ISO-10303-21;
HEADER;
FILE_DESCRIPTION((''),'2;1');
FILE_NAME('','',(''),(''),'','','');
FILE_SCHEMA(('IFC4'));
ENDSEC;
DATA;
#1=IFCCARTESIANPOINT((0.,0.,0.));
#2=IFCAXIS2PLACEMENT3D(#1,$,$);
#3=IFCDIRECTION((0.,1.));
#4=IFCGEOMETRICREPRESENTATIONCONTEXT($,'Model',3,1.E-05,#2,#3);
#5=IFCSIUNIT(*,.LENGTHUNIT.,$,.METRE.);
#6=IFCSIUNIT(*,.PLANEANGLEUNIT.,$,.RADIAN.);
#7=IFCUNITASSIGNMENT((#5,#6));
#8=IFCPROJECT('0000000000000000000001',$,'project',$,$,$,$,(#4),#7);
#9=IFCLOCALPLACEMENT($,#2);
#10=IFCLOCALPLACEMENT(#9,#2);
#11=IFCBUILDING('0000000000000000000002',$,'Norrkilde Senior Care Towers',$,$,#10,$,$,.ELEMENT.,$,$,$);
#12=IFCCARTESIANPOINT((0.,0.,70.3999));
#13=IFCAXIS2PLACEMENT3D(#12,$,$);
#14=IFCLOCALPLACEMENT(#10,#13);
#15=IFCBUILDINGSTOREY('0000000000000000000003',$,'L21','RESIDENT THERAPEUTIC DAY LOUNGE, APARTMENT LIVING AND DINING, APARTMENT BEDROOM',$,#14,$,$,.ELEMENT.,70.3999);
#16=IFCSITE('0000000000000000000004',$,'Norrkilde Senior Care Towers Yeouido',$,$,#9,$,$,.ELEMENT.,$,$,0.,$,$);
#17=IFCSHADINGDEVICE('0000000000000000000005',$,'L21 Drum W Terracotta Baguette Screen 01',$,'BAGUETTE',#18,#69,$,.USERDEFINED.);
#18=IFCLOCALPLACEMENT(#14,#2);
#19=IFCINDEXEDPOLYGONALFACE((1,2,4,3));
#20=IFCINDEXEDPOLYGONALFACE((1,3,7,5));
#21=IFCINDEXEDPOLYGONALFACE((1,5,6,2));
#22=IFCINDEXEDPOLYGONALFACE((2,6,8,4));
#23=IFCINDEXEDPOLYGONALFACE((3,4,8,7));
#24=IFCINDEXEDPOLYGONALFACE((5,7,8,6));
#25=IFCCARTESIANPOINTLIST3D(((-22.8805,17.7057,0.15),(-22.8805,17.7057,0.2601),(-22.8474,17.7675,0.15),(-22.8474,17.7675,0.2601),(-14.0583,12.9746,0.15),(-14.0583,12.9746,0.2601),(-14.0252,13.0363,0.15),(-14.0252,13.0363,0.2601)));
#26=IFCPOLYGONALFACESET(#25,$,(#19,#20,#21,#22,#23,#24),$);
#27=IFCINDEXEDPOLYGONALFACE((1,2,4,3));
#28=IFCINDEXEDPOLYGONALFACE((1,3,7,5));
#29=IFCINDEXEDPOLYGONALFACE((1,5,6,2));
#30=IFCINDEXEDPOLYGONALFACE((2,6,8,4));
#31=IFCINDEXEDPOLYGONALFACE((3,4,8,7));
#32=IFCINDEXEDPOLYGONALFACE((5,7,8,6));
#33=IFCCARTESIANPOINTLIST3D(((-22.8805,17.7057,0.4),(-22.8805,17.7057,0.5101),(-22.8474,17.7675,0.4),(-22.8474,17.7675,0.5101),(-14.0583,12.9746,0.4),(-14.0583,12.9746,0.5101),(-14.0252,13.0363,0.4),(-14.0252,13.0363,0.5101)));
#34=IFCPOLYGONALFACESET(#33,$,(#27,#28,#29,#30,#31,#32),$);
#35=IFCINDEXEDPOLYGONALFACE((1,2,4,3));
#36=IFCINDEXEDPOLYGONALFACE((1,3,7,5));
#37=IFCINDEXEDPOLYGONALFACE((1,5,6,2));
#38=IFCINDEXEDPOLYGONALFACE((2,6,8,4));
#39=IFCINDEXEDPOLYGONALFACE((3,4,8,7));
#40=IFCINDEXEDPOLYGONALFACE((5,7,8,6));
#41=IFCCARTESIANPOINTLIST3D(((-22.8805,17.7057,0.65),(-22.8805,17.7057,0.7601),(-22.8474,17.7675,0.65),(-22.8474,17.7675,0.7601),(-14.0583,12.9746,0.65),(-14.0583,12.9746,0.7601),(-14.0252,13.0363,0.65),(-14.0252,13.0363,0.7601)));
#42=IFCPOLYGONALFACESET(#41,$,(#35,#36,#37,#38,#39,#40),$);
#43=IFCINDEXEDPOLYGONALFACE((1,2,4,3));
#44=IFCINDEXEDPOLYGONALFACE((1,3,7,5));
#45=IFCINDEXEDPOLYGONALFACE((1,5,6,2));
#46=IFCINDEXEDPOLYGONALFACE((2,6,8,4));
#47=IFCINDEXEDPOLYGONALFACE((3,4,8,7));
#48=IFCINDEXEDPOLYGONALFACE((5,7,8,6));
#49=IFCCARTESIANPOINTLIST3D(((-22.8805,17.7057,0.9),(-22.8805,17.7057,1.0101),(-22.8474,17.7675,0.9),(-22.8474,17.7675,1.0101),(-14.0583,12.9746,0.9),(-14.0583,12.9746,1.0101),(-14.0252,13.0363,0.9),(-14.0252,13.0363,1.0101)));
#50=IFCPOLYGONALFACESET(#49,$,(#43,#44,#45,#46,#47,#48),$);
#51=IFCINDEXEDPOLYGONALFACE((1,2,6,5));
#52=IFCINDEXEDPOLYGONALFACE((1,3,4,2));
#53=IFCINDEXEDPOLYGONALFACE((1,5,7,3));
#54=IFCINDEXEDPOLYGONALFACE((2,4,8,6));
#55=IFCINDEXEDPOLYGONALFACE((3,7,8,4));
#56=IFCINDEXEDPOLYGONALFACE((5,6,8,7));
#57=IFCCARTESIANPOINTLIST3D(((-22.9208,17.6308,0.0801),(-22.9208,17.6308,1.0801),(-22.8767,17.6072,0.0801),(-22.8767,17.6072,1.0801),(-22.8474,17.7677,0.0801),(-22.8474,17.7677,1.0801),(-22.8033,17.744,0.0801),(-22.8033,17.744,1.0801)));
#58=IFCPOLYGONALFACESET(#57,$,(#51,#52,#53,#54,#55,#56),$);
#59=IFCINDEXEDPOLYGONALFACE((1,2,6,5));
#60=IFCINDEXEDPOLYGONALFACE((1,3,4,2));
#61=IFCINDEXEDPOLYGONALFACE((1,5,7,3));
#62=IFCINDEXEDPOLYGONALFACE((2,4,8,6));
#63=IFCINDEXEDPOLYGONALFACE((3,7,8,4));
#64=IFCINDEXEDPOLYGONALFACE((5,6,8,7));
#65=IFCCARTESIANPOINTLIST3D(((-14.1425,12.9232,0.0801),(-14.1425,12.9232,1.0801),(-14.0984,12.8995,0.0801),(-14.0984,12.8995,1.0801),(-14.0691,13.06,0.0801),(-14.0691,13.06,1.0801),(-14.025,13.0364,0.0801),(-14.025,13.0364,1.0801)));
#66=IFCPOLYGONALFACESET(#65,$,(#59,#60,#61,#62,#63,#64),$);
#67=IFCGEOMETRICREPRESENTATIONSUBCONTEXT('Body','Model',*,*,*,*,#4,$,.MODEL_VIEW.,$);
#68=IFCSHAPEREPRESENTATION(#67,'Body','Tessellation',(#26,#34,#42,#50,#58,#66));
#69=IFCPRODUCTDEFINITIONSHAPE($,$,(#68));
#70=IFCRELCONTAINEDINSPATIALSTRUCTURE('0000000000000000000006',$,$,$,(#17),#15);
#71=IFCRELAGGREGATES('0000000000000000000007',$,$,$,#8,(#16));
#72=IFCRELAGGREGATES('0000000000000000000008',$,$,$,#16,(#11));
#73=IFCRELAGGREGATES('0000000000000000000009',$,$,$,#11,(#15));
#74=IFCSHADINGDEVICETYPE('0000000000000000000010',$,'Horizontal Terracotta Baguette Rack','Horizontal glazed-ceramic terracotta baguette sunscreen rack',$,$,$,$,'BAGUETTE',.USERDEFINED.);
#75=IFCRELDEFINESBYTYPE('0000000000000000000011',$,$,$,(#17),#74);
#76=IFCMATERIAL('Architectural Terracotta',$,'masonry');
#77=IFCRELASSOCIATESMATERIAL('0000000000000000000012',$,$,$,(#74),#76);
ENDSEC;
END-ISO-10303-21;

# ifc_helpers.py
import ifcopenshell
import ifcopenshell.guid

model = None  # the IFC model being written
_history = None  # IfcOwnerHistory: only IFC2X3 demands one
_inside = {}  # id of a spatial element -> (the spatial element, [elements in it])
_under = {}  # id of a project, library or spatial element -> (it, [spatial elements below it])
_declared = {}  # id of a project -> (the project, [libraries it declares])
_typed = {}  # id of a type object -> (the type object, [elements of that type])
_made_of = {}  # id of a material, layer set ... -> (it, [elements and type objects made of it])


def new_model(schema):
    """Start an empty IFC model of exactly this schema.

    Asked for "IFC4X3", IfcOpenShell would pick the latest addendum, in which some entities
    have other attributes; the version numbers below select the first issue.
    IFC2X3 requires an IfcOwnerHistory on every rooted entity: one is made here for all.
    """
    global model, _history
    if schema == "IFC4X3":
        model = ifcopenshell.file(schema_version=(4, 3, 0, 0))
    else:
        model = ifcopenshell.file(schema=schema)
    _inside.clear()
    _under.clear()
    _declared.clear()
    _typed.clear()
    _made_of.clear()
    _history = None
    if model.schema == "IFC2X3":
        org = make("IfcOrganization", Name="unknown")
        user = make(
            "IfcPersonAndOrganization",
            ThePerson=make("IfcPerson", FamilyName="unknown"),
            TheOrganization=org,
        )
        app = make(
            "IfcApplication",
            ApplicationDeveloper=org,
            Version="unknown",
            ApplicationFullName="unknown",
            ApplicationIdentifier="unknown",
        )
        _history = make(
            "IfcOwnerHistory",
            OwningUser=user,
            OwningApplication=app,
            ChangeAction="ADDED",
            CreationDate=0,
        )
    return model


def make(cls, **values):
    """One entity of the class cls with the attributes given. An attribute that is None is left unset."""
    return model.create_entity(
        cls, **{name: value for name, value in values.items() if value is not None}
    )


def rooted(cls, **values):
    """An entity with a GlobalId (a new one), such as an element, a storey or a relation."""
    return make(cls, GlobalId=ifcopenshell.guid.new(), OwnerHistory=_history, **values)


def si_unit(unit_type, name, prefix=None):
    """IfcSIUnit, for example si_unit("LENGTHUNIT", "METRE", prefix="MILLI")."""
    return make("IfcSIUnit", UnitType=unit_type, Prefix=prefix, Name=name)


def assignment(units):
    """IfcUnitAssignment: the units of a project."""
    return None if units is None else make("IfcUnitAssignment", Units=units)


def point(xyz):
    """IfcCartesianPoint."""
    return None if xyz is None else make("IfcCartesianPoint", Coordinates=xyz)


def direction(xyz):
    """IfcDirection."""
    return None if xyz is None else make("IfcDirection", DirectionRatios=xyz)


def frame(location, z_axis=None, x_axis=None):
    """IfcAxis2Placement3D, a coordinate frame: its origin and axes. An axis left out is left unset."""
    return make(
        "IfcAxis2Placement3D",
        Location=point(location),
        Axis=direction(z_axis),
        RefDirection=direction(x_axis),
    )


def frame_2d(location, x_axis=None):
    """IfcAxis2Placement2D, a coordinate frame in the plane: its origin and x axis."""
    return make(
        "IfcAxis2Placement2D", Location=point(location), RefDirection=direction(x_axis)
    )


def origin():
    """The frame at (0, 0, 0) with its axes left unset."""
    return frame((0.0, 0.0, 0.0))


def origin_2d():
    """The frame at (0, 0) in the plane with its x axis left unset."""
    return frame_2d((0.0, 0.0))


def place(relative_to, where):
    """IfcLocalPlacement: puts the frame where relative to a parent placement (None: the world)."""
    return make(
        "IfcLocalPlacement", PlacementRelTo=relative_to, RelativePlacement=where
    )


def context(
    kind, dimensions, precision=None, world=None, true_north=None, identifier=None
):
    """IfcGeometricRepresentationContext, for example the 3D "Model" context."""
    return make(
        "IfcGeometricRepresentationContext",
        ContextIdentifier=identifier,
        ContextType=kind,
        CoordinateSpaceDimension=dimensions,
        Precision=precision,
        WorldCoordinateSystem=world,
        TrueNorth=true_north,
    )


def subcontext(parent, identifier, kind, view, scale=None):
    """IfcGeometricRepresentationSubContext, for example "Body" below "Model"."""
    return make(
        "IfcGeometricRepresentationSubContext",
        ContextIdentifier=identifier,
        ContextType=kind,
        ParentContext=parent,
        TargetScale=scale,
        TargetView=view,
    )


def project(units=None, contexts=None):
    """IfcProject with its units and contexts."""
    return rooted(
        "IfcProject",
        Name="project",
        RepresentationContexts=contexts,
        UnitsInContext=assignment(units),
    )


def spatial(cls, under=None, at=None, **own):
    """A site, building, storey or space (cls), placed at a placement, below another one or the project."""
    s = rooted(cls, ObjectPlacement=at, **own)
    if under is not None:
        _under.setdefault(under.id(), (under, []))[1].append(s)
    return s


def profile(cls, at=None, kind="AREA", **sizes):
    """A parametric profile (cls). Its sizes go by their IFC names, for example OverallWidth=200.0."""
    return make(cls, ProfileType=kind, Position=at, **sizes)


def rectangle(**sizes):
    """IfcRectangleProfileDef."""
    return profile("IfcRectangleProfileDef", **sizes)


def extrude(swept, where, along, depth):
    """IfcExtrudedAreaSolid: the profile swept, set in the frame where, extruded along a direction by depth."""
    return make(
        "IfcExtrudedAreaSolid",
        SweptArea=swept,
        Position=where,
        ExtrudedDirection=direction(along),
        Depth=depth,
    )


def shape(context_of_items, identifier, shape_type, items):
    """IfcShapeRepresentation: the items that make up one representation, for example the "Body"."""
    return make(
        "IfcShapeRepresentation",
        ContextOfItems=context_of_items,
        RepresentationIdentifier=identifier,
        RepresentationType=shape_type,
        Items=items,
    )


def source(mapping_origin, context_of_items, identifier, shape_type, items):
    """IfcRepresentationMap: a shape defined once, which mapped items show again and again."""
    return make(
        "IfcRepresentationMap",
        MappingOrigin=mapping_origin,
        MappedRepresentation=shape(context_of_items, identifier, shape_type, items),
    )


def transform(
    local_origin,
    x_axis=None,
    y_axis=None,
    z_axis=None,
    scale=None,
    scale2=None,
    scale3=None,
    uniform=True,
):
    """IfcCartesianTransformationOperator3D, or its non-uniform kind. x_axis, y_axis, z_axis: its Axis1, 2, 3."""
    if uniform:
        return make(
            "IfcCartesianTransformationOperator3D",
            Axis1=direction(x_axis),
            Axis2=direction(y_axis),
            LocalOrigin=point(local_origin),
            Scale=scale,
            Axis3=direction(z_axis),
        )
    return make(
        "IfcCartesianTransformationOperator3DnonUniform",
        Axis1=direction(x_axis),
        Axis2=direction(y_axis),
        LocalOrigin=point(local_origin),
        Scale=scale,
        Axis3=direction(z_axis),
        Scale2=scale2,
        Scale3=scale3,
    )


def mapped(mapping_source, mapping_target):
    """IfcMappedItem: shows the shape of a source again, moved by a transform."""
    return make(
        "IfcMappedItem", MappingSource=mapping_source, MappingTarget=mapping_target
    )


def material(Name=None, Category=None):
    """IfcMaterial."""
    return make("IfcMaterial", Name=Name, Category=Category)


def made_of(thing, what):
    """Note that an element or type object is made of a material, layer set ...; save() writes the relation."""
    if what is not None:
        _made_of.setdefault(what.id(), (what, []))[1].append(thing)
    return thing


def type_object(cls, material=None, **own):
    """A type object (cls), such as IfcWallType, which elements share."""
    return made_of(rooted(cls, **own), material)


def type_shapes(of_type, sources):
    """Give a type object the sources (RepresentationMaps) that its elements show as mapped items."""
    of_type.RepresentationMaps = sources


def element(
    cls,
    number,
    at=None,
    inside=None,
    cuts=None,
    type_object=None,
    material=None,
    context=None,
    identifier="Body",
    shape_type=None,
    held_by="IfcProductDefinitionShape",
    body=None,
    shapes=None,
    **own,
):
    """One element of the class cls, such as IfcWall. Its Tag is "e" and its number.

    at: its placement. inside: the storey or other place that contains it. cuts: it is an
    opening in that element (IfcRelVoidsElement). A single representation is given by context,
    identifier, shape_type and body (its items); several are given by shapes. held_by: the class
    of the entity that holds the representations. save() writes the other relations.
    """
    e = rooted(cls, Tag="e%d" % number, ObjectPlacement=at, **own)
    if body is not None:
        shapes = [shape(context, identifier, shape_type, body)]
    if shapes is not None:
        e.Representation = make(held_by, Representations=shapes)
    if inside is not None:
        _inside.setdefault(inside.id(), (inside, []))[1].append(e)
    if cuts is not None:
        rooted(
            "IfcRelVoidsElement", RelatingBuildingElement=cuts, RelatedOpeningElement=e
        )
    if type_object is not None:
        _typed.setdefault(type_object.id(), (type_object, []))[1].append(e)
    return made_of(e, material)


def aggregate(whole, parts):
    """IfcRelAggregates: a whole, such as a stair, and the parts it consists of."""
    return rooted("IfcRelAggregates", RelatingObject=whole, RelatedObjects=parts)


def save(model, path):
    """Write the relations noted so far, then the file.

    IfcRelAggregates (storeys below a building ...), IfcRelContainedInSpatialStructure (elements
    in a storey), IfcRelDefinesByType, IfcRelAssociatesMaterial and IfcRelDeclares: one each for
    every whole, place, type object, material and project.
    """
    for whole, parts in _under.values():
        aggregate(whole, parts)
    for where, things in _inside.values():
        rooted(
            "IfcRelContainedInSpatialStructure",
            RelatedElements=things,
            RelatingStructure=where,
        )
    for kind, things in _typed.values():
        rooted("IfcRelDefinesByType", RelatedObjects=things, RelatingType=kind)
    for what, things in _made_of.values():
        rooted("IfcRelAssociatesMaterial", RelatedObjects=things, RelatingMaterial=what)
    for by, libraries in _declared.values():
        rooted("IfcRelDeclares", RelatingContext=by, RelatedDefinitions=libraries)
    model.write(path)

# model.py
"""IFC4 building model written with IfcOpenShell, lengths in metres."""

from ifc_helpers import new_model, si_unit, direction, frame, origin, origin_2d, place, context, subcontext, project, spatial, rectangle, extrude, source, transform, mapped, material, type_object, type_shapes, element, save


model = new_model("IFC4")

# Units and contexts
model_context = context("Model", 3, precision=1e-05, world=origin(), true_north=direction((0.0, 1.0)))
body_context = subcontext(model_context, "Body", "Model", "MODEL_VIEW")
ifc_project = project(units=[si_unit("LENGTHUNIT", "METRE"), si_unit("PLANEANGLEUNIT", "RADIAN")], contexts=[model_context])

# Site, building, storey
site_placement = place(None, origin())
site = spatial("IfcSite", under=ifc_project, at=site_placement, Name="Norrkilde Senior Care Towers Yeouido", CompositionType="ELEMENT", RefElevation=0.0)
building_placement = place(site_placement, origin())
building = spatial("IfcBuilding", under=site, at=building_placement, Name="Norrkilde Senior Care Towers", CompositionType="ELEMENT")
storey_placement = place(building_placement, frame((0.0, 0.0, 70.3999)))
storey = spatial("IfcBuildingStorey", under=building, at=storey_placement, Name="L21", Description="RESIDENT THERAPEUTIC DAY LOUNGE, APARTMENT LIVING AND DINING, APARTMENT BEDROOM", CompositionType="ELEMENT", Elevation=70.3999)

# Shading device
ifc_material_1 = material(Name="Architectural Terracotta", Category="masonry")
shading_device_type = type_object("IfcShadingDeviceType", Name="Horizontal Terracotta Baguette Rack", Description="Horizontal glazed-ceramic terracotta baguette sunscreen rack", ElementType="BAGUETTE", PredefinedType="USERDEFINED", material=ifc_material_1)
shared_shape_1 = source(origin(), body_context, "Body", "SweptSolid", [
    extrude(rectangle(XDim=0.0701, YDim=0.1101, at=origin_2d()), frame((0.0, 0.0901, 0.125), z_axis=(1.0, 0.0, 0.0), x_axis=(0.0, 1.0, 0.0)), (0.0, 0.0, 1.0), 10.0107),
    extrude(rectangle(XDim=0.0701, YDim=0.1101, at=origin_2d()), frame((0.0, 0.0901, 0.375), z_axis=(1.0, 0.0, 0.0), x_axis=(0.0, 1.0, 0.0)), (0.0, 0.0, 1.0), 10.0107),
    extrude(rectangle(XDim=0.0701, YDim=0.1101, at=origin_2d()), frame((0.0, 0.0901, 0.625), z_axis=(1.0, 0.0, 0.0), x_axis=(0.0, 1.0, 0.0)), (0.0, 0.0, 1.0), 10.0107),
    extrude(rectangle(XDim=0.0701, YDim=0.1101, at=origin_2d()), frame((0.0, 0.0901, 0.875), z_axis=(1.0, 0.0, 0.0), x_axis=(0.0, 1.0, 0.0)), (0.0, 0.0, 1.0), 10.0107),
    extrude(rectangle(XDim=0.05, YDim=0.1553, at=origin_2d()), frame((0.0249, 0.0476, 0.0)), (0.0, 0.0, 1.0), 1.0),
    extrude(rectangle(XDim=0.05, YDim=0.1553, at=origin_2d()), frame((9.9858, 0.0476, 0.0)), (0.0, 0.0, 1.0), 1.0),
])
type_shapes(shading_device_type, [shared_shape_1])
shading_device_placement = place(storey_placement, frame((-22.9065, 17.6572, 0.0801), z_axis=(0.0, 0.0, 1.0), x_axis=(0.88128, -0.472612, 0.0)))
element("IfcShadingDevice", 1, at=shading_device_placement, inside=storey, type_object=shading_device_type, Name="L21 Drum W Terracotta Baguette Screen 01", ObjectType="BAGUETTE", PredefinedType="USERDEFINED", context=body_context, shape_type="MappedRepresentation", body=[
    mapped(shared_shape_1, transform((0.0, 0.0, 0.0), x_axis=(1.0, 0.0, 0.0), y_axis=(0.0, 1.0, 0.0), z_axis=(0.0, 0.0, 1.0), scale=1.0)),
])

save(model, "model.ifc")
